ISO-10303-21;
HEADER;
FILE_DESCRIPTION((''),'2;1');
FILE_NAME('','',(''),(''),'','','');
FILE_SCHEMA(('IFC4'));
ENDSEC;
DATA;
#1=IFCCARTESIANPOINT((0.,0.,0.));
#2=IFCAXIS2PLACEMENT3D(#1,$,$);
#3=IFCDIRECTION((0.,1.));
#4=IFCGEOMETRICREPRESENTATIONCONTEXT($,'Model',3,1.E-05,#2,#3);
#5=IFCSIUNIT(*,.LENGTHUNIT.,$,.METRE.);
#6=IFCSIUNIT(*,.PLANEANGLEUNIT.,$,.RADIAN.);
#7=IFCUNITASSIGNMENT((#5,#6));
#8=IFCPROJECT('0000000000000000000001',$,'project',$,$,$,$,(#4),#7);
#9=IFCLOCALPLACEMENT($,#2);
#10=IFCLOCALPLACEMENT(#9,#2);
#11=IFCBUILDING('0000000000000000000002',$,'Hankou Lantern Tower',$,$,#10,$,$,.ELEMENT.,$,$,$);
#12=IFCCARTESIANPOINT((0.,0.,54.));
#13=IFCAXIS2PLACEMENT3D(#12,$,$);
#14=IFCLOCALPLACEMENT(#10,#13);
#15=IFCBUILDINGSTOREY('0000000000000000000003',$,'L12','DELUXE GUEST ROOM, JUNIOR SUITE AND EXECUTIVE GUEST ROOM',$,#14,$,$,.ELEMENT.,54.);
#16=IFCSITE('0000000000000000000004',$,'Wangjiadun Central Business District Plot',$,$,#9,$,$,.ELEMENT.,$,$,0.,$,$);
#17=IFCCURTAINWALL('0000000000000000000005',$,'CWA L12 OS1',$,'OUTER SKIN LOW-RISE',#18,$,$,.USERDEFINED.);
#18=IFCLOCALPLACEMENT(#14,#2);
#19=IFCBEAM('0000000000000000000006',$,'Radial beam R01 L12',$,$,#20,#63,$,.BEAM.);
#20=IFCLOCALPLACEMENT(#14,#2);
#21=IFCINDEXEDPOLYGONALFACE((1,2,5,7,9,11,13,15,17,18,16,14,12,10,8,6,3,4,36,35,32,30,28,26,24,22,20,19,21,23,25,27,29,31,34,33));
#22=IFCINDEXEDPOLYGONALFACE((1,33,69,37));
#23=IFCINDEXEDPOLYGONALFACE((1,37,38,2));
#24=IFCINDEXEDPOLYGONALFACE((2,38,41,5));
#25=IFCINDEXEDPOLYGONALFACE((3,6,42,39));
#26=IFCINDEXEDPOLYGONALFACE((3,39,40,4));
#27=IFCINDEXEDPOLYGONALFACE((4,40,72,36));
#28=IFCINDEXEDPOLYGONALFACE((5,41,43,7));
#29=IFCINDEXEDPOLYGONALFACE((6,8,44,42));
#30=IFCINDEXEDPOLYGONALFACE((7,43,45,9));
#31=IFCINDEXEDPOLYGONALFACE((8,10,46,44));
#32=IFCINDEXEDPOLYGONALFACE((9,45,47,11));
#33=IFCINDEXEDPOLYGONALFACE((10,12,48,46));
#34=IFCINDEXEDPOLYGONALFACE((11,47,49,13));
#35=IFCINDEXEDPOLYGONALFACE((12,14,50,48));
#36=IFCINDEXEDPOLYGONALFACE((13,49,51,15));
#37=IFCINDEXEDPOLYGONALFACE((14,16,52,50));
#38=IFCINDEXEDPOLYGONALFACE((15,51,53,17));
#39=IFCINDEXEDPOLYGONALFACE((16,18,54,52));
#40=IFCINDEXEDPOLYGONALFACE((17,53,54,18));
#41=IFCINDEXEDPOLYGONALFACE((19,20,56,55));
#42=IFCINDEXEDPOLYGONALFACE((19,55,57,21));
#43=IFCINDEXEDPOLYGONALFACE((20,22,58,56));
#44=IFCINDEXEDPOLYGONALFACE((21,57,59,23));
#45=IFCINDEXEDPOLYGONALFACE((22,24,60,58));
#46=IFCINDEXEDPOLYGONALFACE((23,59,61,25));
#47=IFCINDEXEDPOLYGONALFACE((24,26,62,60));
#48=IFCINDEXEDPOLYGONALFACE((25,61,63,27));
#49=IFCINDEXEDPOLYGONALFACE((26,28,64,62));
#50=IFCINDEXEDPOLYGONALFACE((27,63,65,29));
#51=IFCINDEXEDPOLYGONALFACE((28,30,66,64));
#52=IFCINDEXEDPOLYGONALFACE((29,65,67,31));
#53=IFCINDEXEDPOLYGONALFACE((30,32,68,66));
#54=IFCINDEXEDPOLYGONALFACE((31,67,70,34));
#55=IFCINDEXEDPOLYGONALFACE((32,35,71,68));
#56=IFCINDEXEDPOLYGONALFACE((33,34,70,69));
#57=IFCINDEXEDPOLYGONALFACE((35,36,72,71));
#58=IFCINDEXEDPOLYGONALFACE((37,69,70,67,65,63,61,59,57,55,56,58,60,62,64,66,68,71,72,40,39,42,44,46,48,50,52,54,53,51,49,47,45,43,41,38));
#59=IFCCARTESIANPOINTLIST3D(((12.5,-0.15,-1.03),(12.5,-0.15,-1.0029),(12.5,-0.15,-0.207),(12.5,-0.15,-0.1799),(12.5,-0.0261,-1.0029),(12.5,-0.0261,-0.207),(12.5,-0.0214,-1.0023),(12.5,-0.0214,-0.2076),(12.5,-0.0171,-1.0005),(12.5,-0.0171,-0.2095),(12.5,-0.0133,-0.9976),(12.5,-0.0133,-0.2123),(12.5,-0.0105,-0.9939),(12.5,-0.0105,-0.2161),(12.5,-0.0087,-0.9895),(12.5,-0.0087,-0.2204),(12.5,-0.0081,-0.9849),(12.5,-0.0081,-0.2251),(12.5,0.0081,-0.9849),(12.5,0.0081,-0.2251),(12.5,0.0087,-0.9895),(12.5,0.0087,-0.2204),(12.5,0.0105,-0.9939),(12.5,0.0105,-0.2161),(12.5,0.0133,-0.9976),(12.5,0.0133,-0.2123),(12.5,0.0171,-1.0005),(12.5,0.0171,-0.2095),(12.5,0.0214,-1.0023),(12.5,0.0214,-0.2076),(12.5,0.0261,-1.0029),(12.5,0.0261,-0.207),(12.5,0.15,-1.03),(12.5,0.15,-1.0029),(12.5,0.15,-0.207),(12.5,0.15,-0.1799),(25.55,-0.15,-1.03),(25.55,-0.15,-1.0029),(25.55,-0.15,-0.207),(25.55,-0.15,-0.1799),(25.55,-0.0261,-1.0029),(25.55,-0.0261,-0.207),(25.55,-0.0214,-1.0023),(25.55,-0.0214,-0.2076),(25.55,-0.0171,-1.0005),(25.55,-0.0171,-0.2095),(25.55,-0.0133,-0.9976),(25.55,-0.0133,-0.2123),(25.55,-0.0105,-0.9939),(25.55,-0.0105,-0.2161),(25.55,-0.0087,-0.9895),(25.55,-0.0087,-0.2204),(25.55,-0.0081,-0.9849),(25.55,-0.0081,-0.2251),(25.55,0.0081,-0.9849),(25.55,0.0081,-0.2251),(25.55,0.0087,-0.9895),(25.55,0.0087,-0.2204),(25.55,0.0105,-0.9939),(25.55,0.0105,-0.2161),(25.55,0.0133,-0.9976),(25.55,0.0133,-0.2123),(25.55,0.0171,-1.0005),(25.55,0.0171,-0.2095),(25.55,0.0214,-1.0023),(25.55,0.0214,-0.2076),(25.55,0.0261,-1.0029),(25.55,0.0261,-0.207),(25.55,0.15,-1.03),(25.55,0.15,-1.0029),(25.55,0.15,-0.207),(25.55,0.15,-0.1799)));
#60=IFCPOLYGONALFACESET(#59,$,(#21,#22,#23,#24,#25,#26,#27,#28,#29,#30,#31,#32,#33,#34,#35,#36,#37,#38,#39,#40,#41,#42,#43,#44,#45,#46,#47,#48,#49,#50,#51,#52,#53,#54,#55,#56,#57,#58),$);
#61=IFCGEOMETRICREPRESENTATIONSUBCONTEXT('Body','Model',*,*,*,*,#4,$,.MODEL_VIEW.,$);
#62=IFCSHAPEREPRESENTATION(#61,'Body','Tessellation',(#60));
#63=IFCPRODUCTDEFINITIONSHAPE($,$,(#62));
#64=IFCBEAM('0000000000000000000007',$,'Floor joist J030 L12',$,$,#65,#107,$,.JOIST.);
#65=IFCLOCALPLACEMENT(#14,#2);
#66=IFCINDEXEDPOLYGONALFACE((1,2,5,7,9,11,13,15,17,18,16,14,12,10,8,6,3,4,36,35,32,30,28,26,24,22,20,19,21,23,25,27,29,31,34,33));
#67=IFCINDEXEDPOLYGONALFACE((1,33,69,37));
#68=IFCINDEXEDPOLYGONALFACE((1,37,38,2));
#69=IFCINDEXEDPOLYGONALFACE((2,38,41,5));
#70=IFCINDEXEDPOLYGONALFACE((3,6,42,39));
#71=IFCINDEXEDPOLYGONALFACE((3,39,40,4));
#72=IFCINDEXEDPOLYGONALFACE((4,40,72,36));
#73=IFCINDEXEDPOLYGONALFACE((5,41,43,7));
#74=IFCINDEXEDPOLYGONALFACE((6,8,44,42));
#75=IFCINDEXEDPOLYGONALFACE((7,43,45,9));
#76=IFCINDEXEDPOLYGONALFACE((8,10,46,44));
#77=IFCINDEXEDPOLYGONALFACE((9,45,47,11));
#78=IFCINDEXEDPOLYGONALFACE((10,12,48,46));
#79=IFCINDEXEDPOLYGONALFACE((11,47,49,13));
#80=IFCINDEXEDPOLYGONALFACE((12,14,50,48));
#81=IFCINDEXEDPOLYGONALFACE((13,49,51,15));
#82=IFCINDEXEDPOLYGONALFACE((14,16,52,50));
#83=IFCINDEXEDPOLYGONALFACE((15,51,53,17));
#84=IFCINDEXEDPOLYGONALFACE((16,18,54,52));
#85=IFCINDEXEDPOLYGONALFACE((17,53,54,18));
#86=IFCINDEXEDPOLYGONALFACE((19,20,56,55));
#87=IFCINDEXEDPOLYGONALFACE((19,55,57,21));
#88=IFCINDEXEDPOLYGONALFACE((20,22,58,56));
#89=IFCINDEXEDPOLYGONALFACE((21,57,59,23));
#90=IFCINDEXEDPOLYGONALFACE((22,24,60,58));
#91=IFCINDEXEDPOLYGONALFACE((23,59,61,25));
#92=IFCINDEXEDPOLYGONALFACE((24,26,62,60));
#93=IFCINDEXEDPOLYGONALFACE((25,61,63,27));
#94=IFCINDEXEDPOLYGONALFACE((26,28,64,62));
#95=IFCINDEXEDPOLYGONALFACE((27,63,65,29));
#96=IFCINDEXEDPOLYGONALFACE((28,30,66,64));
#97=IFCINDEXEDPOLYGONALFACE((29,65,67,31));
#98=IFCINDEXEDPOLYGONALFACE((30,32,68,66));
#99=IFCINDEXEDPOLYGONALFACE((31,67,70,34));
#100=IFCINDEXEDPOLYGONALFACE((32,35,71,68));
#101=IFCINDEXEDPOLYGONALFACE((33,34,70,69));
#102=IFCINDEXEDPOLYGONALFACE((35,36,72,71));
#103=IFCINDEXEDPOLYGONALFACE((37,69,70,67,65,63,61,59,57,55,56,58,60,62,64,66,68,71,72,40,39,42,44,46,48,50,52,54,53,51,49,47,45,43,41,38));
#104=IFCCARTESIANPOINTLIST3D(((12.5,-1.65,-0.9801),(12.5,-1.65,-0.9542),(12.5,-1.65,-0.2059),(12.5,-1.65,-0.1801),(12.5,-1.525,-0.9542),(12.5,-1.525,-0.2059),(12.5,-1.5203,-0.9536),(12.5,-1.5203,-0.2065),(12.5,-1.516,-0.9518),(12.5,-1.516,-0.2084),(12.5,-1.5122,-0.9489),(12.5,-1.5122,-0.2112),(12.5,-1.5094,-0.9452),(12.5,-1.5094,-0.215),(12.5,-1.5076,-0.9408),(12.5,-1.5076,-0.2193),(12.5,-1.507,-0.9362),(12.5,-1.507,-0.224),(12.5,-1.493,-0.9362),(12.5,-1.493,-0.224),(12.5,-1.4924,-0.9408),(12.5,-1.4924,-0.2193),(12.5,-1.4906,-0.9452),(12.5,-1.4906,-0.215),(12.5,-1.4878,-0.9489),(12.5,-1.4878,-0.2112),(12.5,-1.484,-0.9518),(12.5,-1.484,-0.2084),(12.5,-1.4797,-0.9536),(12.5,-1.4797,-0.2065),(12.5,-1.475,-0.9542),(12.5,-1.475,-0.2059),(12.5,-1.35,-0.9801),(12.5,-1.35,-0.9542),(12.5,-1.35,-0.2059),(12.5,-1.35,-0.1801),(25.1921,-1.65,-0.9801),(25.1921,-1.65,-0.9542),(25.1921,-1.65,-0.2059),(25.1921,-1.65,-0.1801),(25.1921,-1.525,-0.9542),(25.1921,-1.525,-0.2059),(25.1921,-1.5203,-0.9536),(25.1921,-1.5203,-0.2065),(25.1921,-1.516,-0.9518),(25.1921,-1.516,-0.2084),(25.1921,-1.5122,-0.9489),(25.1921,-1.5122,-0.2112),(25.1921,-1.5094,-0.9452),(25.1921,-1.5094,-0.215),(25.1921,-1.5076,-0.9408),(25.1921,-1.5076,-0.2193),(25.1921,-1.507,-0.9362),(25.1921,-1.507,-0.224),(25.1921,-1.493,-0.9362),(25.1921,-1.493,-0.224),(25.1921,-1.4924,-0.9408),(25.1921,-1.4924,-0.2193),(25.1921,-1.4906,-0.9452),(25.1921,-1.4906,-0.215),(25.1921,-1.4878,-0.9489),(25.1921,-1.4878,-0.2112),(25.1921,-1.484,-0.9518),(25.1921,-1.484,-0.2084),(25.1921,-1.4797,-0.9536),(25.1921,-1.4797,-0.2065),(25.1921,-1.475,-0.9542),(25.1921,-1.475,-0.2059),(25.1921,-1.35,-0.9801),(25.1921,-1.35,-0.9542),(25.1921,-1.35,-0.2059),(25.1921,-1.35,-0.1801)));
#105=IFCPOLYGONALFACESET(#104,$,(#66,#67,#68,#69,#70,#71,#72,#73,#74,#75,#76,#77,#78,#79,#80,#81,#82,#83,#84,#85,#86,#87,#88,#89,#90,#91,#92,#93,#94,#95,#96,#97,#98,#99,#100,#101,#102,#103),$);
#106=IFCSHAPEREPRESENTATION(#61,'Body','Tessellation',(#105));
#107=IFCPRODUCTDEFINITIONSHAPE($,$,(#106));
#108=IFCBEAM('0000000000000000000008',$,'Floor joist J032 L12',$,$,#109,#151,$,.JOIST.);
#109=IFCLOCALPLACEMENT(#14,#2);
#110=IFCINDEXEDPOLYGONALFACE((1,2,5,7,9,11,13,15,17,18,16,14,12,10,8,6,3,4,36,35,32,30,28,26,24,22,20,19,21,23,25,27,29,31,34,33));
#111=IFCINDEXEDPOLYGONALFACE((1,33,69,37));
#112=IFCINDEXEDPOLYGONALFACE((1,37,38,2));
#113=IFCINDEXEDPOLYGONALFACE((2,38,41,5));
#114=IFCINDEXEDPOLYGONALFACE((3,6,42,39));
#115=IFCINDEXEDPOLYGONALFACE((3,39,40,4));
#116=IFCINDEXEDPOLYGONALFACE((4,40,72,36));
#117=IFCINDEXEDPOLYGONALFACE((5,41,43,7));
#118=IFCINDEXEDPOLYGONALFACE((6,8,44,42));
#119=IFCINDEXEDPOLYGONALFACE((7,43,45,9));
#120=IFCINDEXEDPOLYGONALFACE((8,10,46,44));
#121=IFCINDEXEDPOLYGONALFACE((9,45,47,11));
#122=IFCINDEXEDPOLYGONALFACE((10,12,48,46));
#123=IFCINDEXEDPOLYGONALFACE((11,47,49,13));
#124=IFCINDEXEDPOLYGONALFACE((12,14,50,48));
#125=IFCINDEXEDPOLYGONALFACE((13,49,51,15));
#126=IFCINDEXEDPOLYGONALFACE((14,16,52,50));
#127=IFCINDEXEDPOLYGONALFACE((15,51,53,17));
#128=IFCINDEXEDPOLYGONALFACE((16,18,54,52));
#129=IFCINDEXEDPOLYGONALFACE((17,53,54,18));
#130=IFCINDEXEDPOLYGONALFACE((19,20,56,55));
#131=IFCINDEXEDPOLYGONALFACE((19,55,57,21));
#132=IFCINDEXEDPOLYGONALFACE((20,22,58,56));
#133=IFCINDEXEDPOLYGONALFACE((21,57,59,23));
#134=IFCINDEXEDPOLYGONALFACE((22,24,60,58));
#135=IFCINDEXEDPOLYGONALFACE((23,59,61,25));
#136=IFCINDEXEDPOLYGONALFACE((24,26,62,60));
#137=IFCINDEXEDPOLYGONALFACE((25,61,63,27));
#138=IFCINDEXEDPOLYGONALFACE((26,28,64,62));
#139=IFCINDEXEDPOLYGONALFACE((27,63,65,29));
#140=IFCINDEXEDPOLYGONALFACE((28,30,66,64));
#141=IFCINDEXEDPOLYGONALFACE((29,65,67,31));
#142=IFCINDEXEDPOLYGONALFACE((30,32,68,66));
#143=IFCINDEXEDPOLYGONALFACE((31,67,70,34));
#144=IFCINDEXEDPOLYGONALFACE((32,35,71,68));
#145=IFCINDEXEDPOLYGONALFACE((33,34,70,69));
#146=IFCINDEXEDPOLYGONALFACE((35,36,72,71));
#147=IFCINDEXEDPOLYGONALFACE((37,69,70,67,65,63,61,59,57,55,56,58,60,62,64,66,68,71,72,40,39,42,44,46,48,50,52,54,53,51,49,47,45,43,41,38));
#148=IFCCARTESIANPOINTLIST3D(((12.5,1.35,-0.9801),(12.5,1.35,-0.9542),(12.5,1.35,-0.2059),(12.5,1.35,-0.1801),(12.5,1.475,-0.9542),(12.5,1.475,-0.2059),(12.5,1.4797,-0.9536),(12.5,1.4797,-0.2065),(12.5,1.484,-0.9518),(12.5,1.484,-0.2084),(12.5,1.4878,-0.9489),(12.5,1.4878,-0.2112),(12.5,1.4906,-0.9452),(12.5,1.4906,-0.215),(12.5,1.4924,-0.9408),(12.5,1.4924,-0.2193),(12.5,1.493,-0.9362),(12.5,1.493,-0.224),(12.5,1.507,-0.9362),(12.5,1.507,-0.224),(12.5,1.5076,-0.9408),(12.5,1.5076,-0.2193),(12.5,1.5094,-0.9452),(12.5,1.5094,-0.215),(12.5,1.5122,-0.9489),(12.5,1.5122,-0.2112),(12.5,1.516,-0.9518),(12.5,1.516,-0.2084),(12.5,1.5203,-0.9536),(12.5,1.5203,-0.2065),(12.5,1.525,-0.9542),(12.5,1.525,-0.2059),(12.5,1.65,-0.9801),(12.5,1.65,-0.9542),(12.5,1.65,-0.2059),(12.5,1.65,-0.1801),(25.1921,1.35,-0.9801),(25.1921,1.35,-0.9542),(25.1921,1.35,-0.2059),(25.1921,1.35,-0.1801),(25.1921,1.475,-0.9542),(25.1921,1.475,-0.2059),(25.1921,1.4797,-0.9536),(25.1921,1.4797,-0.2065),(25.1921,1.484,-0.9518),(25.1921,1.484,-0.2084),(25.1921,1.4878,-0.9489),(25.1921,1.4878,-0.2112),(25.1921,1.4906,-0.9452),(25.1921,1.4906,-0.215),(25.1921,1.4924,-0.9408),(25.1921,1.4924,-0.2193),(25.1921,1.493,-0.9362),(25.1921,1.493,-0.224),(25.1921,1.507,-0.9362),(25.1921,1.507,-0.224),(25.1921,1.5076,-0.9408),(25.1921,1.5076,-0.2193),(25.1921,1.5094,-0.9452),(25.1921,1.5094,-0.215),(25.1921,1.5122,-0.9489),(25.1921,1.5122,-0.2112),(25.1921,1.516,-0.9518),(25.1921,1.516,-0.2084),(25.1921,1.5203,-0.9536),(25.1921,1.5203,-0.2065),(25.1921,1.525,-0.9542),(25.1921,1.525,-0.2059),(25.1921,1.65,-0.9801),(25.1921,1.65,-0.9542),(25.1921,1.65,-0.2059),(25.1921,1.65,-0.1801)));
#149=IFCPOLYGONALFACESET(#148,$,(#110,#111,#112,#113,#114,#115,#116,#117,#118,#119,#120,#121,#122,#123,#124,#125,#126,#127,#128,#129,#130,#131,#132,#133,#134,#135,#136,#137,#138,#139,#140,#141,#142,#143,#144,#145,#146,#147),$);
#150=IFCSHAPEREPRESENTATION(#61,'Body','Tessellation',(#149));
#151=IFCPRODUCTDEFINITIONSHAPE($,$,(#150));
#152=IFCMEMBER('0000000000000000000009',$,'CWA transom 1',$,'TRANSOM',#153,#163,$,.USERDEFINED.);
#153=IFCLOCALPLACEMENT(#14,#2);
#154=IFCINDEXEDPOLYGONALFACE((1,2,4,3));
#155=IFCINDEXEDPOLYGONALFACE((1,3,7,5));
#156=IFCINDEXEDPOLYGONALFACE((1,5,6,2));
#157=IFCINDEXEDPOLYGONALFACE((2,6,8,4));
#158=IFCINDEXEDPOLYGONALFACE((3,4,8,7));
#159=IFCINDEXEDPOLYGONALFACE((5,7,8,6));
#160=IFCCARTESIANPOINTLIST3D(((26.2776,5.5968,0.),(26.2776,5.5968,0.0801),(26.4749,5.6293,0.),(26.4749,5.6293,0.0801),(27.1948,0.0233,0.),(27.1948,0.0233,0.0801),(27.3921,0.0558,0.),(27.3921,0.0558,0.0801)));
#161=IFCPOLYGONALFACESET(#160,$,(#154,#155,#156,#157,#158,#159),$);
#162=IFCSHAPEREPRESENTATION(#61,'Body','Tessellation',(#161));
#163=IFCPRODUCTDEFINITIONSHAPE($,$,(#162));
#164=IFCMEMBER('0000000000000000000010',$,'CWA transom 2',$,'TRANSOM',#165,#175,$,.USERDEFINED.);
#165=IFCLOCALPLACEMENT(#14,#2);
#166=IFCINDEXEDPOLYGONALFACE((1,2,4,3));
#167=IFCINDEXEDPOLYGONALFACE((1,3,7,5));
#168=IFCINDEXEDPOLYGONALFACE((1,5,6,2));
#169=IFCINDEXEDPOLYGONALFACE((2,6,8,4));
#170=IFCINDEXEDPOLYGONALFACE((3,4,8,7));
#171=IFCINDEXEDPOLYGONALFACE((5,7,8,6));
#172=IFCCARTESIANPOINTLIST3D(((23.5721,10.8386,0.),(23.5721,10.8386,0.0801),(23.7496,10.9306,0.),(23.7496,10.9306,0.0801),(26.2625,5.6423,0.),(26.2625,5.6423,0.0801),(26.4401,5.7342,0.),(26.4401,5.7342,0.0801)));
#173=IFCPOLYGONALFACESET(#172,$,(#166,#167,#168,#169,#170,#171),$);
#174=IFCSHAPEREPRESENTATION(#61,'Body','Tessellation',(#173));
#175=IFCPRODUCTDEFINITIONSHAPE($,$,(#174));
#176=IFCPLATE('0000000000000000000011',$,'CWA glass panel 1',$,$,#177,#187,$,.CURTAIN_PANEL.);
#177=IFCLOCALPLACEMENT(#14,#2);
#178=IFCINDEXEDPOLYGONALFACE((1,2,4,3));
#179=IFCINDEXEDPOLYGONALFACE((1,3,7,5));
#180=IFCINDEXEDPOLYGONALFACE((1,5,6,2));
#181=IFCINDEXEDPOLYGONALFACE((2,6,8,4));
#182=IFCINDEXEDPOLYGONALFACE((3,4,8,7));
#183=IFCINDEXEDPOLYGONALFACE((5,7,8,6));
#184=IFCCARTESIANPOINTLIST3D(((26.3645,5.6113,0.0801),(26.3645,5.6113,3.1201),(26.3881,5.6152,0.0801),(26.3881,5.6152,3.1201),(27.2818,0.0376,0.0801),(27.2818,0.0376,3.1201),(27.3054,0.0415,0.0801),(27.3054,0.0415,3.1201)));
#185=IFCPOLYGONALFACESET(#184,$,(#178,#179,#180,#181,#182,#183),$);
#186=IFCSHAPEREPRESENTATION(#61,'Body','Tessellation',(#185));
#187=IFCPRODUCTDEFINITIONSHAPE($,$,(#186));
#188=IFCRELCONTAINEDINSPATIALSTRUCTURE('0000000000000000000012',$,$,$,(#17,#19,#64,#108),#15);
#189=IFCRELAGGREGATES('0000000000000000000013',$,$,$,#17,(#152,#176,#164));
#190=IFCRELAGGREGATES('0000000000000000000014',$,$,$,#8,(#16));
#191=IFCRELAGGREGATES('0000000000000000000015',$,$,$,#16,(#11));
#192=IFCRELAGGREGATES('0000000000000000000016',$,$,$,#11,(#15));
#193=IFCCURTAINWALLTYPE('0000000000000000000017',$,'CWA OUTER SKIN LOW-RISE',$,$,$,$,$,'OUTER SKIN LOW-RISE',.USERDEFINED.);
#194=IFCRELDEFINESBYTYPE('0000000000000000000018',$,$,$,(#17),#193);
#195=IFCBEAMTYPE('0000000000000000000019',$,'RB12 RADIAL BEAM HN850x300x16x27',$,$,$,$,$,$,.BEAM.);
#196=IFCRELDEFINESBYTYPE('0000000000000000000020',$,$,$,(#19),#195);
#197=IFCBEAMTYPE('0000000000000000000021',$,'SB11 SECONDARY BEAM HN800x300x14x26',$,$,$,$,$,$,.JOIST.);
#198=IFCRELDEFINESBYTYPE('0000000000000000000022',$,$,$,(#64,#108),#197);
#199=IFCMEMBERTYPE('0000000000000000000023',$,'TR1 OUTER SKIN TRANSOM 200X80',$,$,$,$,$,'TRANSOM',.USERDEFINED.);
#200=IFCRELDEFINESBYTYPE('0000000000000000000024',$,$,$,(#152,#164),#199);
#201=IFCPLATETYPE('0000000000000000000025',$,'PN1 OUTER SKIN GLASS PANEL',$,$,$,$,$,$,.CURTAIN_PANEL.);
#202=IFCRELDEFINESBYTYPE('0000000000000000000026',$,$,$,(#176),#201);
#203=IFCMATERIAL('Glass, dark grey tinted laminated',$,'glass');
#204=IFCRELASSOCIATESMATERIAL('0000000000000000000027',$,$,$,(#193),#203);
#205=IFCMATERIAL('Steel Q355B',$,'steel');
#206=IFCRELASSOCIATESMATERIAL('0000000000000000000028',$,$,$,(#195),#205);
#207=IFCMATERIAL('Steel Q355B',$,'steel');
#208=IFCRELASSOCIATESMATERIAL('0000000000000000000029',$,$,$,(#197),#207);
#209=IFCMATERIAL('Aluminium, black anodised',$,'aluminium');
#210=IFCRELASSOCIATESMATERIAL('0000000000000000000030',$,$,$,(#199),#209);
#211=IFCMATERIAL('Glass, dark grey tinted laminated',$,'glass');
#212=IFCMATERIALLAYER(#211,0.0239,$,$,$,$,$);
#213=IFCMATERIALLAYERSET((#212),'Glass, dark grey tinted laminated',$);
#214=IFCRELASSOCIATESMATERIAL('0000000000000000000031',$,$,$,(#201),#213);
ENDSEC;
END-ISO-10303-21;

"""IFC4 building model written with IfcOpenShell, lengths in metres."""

from ifc_helpers import new_model, si_unit, direction, frame, origin, origin_2d, place, context, subcontext, project, spatial, rectangle, i_section, extrude, material, layer, layer_set, material_profile, profile_set, type_object, element, aggregate, save


model = new_model("IFC4")

# Units and contexts
model_context = context("Model", 3, precision=1e-05, world=origin(), true_north=direction((0.0, 1.0)))
body_context = subcontext(model_context, "Body", "Model", "MODEL_VIEW")
ifc_project = project(units=[si_unit("LENGTHUNIT", "METRE"), si_unit("PLANEANGLEUNIT", "RADIAN")], contexts=[model_context])

# Site, building, storey
site_placement = place(None, origin())
site = spatial("IfcSite", under=ifc_project, at=site_placement, Name="Wangjiadun Central Business District Plot", CompositionType="ELEMENT", RefElevation=0.0)
building_placement = place(site_placement, origin())
building = spatial("IfcBuilding", under=site, at=building_placement, Name="Hankou Lantern Tower", CompositionType="ELEMENT")
storey_placement = place(building_placement, frame((0.0, 0.0, 54.0)))
storey = spatial("IfcBuildingStorey", under=building, at=storey_placement, Name="L12", Description="DELUXE GUEST ROOM, JUNIOR SUITE AND EXECUTIVE GUEST ROOM", CompositionType="ELEMENT", Elevation=54.0)

# Curtain wall
ifc_material_1 = material(Name="Glass, dark grey tinted laminated", Category="glass")
curtain_wall_type = type_object("IfcCurtainWallType", Name="CWA OUTER SKIN LOW-RISE", ElementType="OUTER SKIN LOW-RISE", PredefinedType="USERDEFINED", material=ifc_material_1)
curtain_wall_1_placement = place(storey_placement, origin())
curtain_wall_1 = element("IfcCurtainWall", 1, at=curtain_wall_1_placement, inside=storey, type_object=curtain_wall_type, Name="CWA L12 OS1", ObjectType="OUTER SKIN LOW-RISE", PredefinedType="USERDEFINED")

# Beams
ifc_material_2 = material(Name="Steel Q355B", Category="steel")
ifc_material_profile_1 = material_profile(ifc_material_2, i_section(OverallWidth=0.3, OverallDepth=0.8501, WebThickness=0.0161, FlangeThickness=0.0271, FilletRadius=0.0181, at=origin_2d()), Name="HN850x300x16x27")
ifc_profile_set_1 = profile_set([ifc_material_profile_1], Name="Steel Q355B")
beam_type_1 = type_object("IfcBeamType", Name="RB12 RADIAL BEAM HN850x300x16x27", PredefinedType="BEAM", material=ifc_profile_set_1)
beam_1_placement = place(storey_placement, frame((12.5, 0.0, -0.605), z_axis=(1.0, 0.0, 0.0), x_axis=(0.0, 1.0, 0.0)))
element("IfcBeam", 2, at=beam_1_placement, inside=storey, type_object=beam_type_1, Name="Radial beam R01 L12", PredefinedType="BEAM", context=body_context, shape_type="SweptSolid", body=[
    extrude(i_section(OverallWidth=0.3, OverallDepth=0.8501, WebThickness=0.0161, FlangeThickness=0.0271, FilletRadius=0.0181, at=origin_2d()), origin(), (0.0, 0.0, 1.0), 13.05),
])
ifc_material_3 = material(Name="Steel Q355B", Category="steel")
ifc_material_profile_2 = material_profile(ifc_material_3, i_section(OverallWidth=0.3, OverallDepth=0.8, WebThickness=0.0139, FlangeThickness=0.0259, FilletRadius=0.0181, at=origin_2d()), Name="HN800x300x14x26")
ifc_profile_set_2 = profile_set([ifc_material_profile_2], Name="Steel Q355B")
beam_type_2 = type_object("IfcBeamType", Name="SB11 SECONDARY BEAM HN800x300x14x26", PredefinedType="JOIST", material=ifc_profile_set_2)
for number, where, z_axis, x_axis, name in (
    (3, (12.5, -1.5, -0.5801), (1.0, 0.0, 0.0), (0.0, 1.0, 0.0), "Floor joist J030 L12"),
    (4, (12.5, 1.5, -0.5801), (1.0, 0.0, 0.0), (0.0, 1.0, 0.0), "Floor joist J032 L12"),
):
    element("IfcBeam", number, at=place(storey_placement, frame(where, z_axis=z_axis, x_axis=x_axis)), inside=storey, type_object=beam_type_2, Name=name, PredefinedType="JOIST", context=body_context, shape_type="SweptSolid", body=[
        extrude(i_section(OverallWidth=0.3, OverallDepth=0.8, WebThickness=0.0139, FlangeThickness=0.0259, FilletRadius=0.0181, at=origin_2d()), origin(), (0.0, 0.0, 1.0), 12.6921),
    ])

# Members
ifc_material_4 = material(Name="Aluminium, black anodised", Category="aluminium")
ifc_material_profile_3 = material_profile(ifc_material_4, rectangle(XDim=0.2, YDim=0.0801, at=origin_2d()), Name="TR1 200X80")
ifc_profile_set_3 = profile_set([ifc_material_profile_3], Name="Aluminium, black anodised")
member_type_1 = type_object("IfcMemberType", Name="TR1 OUTER SKIN TRANSOM 200X80", ElementType="TRANSOM", PredefinedType="USERDEFINED", material=ifc_profile_set_3)
member_1_placement = place(storey_placement, frame((27.2935, 0.0396, 0.04), z_axis=(-0.162387, 0.986727, 0.0), x_axis=(-0.986727, -0.162387, 0.0)))
member_1 = element("IfcMember", 5, at=member_1_placement, type_object=member_type_1, Name="CWA transom 1", ObjectType="TRANSOM", PredefinedType="USERDEFINED", context=body_context, shape_type="SweptSolid", body=[
    extrude(rectangle(XDim=0.2, YDim=0.0801, at=origin_2d()), origin(), (0.0, 0.0, 1.0), 5.6484),
])
member_2_placement = place(storey_placement, frame((26.3513, 5.6882, 0.04), z_axis=(-0.459786, 0.88803, 0.0), x_axis=(-0.88803, -0.459786, 0.0)))
member_2 = element("IfcMember", 6, at=member_2_placement, type_object=member_type_1, Name="CWA transom 2", ObjectType="TRANSOM", PredefinedType="USERDEFINED", context=body_context, shape_type="SweptSolid", body=[
    extrude(rectangle(XDim=0.2, YDim=0.0801, at=origin_2d()), origin(), (0.0, 0.0, 1.0), 5.8516),
])

# Plate
ifc_material_5 = material(Name="Glass, dark grey tinted laminated", Category="glass")
ifc_layer_1 = layer(ifc_material_5, 0.0239)
ifc_layer_set_1 = layer_set([ifc_layer_1], Name="Glass, dark grey tinted laminated")
plate_type = type_object("IfcPlateType", Name="PN1 OUTER SKIN GLASS PANEL", PredefinedType="CURTAIN_PANEL", material=ifc_layer_set_1)
plate_1_placement = place(storey_placement, frame((26.835, 2.8264, 0.0801), z_axis=(0.0, 0.0, 1.0), x_axis=(-0.162382, 0.986728, 0.0)))
plate_1 = element("IfcPlate", 7, at=plate_1_placement, type_object=plate_type, Name="CWA glass panel 1", PredefinedType="CURTAIN_PANEL", context=body_context, shape_type="SweptSolid", body=[
    extrude(rectangle(XDim=5.6487, YDim=0.0239, at=origin_2d()), origin(), (0.0, 0.0, 1.0), 3.04),
])
aggregate(curtain_wall_1, [member_1, plate_1, member_2])

save(model, "model.ifc")
